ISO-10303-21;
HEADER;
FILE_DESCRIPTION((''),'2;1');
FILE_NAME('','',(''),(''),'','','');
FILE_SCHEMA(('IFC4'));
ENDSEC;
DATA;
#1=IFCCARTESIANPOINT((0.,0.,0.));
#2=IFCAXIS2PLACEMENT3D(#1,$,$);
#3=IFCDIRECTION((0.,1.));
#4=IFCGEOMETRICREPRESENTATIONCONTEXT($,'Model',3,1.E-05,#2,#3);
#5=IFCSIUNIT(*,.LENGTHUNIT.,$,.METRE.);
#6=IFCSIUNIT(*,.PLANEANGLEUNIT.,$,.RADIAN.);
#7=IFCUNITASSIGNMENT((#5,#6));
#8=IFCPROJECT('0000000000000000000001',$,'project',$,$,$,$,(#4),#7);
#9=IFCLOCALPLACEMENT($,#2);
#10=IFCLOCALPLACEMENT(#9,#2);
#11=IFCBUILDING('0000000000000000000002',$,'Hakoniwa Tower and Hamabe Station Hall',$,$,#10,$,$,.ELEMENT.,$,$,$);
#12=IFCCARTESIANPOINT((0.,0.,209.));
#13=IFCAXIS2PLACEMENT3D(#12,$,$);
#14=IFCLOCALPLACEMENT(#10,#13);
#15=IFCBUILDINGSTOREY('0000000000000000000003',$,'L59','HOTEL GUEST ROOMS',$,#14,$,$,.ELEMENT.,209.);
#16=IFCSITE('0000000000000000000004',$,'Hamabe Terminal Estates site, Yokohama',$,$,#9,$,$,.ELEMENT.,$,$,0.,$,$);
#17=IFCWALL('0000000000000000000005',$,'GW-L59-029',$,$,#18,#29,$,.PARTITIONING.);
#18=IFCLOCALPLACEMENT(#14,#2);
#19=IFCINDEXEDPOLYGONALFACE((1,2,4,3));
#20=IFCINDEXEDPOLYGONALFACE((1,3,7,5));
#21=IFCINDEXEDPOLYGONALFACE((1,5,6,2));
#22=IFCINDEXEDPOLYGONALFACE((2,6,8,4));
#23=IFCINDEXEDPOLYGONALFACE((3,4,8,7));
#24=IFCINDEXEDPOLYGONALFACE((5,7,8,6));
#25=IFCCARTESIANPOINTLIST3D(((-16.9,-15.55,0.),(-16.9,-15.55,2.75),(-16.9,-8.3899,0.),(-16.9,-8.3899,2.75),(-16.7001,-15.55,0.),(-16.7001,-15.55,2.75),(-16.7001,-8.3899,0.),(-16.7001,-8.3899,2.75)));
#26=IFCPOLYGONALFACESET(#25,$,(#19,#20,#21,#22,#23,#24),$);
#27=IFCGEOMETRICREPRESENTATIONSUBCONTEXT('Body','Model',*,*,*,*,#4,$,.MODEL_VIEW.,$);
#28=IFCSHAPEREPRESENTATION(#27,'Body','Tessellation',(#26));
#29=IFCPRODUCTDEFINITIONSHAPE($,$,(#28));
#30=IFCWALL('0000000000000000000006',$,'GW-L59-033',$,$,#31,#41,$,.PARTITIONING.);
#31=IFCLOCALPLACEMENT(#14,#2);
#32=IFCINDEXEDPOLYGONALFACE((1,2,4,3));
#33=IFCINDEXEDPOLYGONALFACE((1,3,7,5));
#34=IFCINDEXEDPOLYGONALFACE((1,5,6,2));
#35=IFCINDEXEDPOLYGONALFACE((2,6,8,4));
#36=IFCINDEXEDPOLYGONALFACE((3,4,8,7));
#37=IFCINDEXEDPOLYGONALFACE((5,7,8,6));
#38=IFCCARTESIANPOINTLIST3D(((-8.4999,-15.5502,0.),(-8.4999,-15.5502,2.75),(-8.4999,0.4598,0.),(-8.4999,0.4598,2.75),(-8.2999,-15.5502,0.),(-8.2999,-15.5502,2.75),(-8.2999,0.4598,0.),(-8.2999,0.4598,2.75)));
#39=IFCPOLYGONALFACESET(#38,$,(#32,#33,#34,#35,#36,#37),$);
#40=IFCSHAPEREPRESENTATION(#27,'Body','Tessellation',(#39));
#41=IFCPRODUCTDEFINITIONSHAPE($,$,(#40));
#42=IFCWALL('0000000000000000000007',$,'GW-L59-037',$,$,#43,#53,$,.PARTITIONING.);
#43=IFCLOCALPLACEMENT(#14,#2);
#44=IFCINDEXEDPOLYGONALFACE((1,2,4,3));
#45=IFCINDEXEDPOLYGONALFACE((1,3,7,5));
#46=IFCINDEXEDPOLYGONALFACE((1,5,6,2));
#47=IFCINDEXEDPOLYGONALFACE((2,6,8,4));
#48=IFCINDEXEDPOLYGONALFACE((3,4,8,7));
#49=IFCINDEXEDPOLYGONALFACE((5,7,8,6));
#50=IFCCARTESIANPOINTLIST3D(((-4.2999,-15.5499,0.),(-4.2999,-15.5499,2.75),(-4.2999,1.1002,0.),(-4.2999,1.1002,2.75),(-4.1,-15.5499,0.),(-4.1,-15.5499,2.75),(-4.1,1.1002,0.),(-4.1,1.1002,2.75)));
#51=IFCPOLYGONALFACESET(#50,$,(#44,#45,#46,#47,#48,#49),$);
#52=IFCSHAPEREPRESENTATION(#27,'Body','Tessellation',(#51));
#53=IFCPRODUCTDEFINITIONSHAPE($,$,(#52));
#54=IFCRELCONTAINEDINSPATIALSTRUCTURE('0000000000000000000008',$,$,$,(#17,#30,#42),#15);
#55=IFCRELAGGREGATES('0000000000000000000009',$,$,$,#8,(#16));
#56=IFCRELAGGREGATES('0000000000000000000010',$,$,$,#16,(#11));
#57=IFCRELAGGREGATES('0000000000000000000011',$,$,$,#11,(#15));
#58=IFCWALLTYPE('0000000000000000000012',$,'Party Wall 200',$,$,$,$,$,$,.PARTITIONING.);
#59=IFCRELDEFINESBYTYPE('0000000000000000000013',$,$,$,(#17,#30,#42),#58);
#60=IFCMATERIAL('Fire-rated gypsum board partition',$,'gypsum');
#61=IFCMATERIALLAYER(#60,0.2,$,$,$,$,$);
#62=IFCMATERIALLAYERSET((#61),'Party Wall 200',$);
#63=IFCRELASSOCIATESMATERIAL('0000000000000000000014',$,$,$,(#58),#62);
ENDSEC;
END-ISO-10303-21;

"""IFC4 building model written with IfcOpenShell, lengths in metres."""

from ifc_helpers import new_model, si_unit, direction, frame, frame_2d, origin, place, context, subcontext, project, spatial, rectangle, extrude, material, layer, layer_set, type_object, element, save


model = new_model("IFC4")

# Units and contexts
model_context = context("Model", 3, precision=1e-05, world=origin(), true_north=direction((0.0, 1.0)))
body_context = subcontext(model_context, "Body", "Model", "MODEL_VIEW")
ifc_project = project(units=[si_unit("LENGTHUNIT", "METRE"), si_unit("PLANEANGLEUNIT", "RADIAN")], contexts=[model_context])

# Site, building, storey
site_placement = place(None, origin())
site = spatial("IfcSite", under=ifc_project, at=site_placement, Name="Hamabe Terminal Estates site, Yokohama", CompositionType="ELEMENT", RefElevation=0.0)
building_placement = place(site_placement, origin())
building = spatial("IfcBuilding", under=site, at=building_placement, Name="Hakoniwa Tower and Hamabe Station Hall", CompositionType="ELEMENT")
storey_placement = place(building_placement, frame((0.0, 0.0, 209.0)))
storey = spatial("IfcBuildingStorey", under=building, at=storey_placement, Name="L59", Description="HOTEL GUEST ROOMS", CompositionType="ELEMENT", Elevation=209.0)

# Walls
ifc_material_1 = material(Name="Fire-rated gypsum board partition", Category="gypsum")
ifc_layer_1 = layer(ifc_material_1, 0.2)
ifc_layer_set_1 = layer_set([ifc_layer_1], Name="Party Wall 200")
wall_type_1 = type_object("IfcWallType", Name="Party Wall 200", PredefinedType="PARTITIONING", material=ifc_layer_set_1)
wall_1_placement = place(storey_placement, frame((-16.8, -15.55, 0.0), z_axis=(0.0, 0.0, 1.0), x_axis=(0.0, 1.0, 0.0)))
element("IfcWall", 1, at=wall_1_placement, inside=storey, type_object=wall_type_1, Name="GW-L59-029", PredefinedType="PARTITIONING", context=body_context, shape_type="SweptSolid", body=[
    extrude(rectangle(XDim=7.1602, YDim=0.2, at=frame_2d((3.5801, 0.0))), origin(), (0.0, 0.0, 1.0), 2.75),
])
wall_2_placement = place(storey_placement, frame((-8.3999, -15.55, 0.0), z_axis=(0.0, 0.0, 1.0), x_axis=(0.0, 1.0, 0.0)))
element("IfcWall", 2, at=wall_2_placement, inside=storey, type_object=wall_type_1, Name="GW-L59-033", PredefinedType="PARTITIONING", context=body_context, shape_type="SweptSolid", body=[
    extrude(rectangle(XDim=16.01, YDim=0.2, at=frame_2d((8.0049, 0.0))), origin(), (0.0, 0.0, 1.0), 2.75),
])
wall_3_placement = place(storey_placement, frame((-4.2, -15.55, 0.0), z_axis=(0.0, 0.0, 1.0), x_axis=(0.0, 1.0, 0.0)))
element("IfcWall", 3, at=wall_3_placement, inside=storey, type_object=wall_type_1, Name="GW-L59-037", PredefinedType="PARTITIONING", context=body_context, shape_type="SweptSolid", body=[
    extrude(rectangle(XDim=16.6501, YDim=0.2, at=frame_2d((8.3252, 0.0))), origin(), (0.0, 0.0, 1.0), 2.75),
])

save(model, "model.ifc")
